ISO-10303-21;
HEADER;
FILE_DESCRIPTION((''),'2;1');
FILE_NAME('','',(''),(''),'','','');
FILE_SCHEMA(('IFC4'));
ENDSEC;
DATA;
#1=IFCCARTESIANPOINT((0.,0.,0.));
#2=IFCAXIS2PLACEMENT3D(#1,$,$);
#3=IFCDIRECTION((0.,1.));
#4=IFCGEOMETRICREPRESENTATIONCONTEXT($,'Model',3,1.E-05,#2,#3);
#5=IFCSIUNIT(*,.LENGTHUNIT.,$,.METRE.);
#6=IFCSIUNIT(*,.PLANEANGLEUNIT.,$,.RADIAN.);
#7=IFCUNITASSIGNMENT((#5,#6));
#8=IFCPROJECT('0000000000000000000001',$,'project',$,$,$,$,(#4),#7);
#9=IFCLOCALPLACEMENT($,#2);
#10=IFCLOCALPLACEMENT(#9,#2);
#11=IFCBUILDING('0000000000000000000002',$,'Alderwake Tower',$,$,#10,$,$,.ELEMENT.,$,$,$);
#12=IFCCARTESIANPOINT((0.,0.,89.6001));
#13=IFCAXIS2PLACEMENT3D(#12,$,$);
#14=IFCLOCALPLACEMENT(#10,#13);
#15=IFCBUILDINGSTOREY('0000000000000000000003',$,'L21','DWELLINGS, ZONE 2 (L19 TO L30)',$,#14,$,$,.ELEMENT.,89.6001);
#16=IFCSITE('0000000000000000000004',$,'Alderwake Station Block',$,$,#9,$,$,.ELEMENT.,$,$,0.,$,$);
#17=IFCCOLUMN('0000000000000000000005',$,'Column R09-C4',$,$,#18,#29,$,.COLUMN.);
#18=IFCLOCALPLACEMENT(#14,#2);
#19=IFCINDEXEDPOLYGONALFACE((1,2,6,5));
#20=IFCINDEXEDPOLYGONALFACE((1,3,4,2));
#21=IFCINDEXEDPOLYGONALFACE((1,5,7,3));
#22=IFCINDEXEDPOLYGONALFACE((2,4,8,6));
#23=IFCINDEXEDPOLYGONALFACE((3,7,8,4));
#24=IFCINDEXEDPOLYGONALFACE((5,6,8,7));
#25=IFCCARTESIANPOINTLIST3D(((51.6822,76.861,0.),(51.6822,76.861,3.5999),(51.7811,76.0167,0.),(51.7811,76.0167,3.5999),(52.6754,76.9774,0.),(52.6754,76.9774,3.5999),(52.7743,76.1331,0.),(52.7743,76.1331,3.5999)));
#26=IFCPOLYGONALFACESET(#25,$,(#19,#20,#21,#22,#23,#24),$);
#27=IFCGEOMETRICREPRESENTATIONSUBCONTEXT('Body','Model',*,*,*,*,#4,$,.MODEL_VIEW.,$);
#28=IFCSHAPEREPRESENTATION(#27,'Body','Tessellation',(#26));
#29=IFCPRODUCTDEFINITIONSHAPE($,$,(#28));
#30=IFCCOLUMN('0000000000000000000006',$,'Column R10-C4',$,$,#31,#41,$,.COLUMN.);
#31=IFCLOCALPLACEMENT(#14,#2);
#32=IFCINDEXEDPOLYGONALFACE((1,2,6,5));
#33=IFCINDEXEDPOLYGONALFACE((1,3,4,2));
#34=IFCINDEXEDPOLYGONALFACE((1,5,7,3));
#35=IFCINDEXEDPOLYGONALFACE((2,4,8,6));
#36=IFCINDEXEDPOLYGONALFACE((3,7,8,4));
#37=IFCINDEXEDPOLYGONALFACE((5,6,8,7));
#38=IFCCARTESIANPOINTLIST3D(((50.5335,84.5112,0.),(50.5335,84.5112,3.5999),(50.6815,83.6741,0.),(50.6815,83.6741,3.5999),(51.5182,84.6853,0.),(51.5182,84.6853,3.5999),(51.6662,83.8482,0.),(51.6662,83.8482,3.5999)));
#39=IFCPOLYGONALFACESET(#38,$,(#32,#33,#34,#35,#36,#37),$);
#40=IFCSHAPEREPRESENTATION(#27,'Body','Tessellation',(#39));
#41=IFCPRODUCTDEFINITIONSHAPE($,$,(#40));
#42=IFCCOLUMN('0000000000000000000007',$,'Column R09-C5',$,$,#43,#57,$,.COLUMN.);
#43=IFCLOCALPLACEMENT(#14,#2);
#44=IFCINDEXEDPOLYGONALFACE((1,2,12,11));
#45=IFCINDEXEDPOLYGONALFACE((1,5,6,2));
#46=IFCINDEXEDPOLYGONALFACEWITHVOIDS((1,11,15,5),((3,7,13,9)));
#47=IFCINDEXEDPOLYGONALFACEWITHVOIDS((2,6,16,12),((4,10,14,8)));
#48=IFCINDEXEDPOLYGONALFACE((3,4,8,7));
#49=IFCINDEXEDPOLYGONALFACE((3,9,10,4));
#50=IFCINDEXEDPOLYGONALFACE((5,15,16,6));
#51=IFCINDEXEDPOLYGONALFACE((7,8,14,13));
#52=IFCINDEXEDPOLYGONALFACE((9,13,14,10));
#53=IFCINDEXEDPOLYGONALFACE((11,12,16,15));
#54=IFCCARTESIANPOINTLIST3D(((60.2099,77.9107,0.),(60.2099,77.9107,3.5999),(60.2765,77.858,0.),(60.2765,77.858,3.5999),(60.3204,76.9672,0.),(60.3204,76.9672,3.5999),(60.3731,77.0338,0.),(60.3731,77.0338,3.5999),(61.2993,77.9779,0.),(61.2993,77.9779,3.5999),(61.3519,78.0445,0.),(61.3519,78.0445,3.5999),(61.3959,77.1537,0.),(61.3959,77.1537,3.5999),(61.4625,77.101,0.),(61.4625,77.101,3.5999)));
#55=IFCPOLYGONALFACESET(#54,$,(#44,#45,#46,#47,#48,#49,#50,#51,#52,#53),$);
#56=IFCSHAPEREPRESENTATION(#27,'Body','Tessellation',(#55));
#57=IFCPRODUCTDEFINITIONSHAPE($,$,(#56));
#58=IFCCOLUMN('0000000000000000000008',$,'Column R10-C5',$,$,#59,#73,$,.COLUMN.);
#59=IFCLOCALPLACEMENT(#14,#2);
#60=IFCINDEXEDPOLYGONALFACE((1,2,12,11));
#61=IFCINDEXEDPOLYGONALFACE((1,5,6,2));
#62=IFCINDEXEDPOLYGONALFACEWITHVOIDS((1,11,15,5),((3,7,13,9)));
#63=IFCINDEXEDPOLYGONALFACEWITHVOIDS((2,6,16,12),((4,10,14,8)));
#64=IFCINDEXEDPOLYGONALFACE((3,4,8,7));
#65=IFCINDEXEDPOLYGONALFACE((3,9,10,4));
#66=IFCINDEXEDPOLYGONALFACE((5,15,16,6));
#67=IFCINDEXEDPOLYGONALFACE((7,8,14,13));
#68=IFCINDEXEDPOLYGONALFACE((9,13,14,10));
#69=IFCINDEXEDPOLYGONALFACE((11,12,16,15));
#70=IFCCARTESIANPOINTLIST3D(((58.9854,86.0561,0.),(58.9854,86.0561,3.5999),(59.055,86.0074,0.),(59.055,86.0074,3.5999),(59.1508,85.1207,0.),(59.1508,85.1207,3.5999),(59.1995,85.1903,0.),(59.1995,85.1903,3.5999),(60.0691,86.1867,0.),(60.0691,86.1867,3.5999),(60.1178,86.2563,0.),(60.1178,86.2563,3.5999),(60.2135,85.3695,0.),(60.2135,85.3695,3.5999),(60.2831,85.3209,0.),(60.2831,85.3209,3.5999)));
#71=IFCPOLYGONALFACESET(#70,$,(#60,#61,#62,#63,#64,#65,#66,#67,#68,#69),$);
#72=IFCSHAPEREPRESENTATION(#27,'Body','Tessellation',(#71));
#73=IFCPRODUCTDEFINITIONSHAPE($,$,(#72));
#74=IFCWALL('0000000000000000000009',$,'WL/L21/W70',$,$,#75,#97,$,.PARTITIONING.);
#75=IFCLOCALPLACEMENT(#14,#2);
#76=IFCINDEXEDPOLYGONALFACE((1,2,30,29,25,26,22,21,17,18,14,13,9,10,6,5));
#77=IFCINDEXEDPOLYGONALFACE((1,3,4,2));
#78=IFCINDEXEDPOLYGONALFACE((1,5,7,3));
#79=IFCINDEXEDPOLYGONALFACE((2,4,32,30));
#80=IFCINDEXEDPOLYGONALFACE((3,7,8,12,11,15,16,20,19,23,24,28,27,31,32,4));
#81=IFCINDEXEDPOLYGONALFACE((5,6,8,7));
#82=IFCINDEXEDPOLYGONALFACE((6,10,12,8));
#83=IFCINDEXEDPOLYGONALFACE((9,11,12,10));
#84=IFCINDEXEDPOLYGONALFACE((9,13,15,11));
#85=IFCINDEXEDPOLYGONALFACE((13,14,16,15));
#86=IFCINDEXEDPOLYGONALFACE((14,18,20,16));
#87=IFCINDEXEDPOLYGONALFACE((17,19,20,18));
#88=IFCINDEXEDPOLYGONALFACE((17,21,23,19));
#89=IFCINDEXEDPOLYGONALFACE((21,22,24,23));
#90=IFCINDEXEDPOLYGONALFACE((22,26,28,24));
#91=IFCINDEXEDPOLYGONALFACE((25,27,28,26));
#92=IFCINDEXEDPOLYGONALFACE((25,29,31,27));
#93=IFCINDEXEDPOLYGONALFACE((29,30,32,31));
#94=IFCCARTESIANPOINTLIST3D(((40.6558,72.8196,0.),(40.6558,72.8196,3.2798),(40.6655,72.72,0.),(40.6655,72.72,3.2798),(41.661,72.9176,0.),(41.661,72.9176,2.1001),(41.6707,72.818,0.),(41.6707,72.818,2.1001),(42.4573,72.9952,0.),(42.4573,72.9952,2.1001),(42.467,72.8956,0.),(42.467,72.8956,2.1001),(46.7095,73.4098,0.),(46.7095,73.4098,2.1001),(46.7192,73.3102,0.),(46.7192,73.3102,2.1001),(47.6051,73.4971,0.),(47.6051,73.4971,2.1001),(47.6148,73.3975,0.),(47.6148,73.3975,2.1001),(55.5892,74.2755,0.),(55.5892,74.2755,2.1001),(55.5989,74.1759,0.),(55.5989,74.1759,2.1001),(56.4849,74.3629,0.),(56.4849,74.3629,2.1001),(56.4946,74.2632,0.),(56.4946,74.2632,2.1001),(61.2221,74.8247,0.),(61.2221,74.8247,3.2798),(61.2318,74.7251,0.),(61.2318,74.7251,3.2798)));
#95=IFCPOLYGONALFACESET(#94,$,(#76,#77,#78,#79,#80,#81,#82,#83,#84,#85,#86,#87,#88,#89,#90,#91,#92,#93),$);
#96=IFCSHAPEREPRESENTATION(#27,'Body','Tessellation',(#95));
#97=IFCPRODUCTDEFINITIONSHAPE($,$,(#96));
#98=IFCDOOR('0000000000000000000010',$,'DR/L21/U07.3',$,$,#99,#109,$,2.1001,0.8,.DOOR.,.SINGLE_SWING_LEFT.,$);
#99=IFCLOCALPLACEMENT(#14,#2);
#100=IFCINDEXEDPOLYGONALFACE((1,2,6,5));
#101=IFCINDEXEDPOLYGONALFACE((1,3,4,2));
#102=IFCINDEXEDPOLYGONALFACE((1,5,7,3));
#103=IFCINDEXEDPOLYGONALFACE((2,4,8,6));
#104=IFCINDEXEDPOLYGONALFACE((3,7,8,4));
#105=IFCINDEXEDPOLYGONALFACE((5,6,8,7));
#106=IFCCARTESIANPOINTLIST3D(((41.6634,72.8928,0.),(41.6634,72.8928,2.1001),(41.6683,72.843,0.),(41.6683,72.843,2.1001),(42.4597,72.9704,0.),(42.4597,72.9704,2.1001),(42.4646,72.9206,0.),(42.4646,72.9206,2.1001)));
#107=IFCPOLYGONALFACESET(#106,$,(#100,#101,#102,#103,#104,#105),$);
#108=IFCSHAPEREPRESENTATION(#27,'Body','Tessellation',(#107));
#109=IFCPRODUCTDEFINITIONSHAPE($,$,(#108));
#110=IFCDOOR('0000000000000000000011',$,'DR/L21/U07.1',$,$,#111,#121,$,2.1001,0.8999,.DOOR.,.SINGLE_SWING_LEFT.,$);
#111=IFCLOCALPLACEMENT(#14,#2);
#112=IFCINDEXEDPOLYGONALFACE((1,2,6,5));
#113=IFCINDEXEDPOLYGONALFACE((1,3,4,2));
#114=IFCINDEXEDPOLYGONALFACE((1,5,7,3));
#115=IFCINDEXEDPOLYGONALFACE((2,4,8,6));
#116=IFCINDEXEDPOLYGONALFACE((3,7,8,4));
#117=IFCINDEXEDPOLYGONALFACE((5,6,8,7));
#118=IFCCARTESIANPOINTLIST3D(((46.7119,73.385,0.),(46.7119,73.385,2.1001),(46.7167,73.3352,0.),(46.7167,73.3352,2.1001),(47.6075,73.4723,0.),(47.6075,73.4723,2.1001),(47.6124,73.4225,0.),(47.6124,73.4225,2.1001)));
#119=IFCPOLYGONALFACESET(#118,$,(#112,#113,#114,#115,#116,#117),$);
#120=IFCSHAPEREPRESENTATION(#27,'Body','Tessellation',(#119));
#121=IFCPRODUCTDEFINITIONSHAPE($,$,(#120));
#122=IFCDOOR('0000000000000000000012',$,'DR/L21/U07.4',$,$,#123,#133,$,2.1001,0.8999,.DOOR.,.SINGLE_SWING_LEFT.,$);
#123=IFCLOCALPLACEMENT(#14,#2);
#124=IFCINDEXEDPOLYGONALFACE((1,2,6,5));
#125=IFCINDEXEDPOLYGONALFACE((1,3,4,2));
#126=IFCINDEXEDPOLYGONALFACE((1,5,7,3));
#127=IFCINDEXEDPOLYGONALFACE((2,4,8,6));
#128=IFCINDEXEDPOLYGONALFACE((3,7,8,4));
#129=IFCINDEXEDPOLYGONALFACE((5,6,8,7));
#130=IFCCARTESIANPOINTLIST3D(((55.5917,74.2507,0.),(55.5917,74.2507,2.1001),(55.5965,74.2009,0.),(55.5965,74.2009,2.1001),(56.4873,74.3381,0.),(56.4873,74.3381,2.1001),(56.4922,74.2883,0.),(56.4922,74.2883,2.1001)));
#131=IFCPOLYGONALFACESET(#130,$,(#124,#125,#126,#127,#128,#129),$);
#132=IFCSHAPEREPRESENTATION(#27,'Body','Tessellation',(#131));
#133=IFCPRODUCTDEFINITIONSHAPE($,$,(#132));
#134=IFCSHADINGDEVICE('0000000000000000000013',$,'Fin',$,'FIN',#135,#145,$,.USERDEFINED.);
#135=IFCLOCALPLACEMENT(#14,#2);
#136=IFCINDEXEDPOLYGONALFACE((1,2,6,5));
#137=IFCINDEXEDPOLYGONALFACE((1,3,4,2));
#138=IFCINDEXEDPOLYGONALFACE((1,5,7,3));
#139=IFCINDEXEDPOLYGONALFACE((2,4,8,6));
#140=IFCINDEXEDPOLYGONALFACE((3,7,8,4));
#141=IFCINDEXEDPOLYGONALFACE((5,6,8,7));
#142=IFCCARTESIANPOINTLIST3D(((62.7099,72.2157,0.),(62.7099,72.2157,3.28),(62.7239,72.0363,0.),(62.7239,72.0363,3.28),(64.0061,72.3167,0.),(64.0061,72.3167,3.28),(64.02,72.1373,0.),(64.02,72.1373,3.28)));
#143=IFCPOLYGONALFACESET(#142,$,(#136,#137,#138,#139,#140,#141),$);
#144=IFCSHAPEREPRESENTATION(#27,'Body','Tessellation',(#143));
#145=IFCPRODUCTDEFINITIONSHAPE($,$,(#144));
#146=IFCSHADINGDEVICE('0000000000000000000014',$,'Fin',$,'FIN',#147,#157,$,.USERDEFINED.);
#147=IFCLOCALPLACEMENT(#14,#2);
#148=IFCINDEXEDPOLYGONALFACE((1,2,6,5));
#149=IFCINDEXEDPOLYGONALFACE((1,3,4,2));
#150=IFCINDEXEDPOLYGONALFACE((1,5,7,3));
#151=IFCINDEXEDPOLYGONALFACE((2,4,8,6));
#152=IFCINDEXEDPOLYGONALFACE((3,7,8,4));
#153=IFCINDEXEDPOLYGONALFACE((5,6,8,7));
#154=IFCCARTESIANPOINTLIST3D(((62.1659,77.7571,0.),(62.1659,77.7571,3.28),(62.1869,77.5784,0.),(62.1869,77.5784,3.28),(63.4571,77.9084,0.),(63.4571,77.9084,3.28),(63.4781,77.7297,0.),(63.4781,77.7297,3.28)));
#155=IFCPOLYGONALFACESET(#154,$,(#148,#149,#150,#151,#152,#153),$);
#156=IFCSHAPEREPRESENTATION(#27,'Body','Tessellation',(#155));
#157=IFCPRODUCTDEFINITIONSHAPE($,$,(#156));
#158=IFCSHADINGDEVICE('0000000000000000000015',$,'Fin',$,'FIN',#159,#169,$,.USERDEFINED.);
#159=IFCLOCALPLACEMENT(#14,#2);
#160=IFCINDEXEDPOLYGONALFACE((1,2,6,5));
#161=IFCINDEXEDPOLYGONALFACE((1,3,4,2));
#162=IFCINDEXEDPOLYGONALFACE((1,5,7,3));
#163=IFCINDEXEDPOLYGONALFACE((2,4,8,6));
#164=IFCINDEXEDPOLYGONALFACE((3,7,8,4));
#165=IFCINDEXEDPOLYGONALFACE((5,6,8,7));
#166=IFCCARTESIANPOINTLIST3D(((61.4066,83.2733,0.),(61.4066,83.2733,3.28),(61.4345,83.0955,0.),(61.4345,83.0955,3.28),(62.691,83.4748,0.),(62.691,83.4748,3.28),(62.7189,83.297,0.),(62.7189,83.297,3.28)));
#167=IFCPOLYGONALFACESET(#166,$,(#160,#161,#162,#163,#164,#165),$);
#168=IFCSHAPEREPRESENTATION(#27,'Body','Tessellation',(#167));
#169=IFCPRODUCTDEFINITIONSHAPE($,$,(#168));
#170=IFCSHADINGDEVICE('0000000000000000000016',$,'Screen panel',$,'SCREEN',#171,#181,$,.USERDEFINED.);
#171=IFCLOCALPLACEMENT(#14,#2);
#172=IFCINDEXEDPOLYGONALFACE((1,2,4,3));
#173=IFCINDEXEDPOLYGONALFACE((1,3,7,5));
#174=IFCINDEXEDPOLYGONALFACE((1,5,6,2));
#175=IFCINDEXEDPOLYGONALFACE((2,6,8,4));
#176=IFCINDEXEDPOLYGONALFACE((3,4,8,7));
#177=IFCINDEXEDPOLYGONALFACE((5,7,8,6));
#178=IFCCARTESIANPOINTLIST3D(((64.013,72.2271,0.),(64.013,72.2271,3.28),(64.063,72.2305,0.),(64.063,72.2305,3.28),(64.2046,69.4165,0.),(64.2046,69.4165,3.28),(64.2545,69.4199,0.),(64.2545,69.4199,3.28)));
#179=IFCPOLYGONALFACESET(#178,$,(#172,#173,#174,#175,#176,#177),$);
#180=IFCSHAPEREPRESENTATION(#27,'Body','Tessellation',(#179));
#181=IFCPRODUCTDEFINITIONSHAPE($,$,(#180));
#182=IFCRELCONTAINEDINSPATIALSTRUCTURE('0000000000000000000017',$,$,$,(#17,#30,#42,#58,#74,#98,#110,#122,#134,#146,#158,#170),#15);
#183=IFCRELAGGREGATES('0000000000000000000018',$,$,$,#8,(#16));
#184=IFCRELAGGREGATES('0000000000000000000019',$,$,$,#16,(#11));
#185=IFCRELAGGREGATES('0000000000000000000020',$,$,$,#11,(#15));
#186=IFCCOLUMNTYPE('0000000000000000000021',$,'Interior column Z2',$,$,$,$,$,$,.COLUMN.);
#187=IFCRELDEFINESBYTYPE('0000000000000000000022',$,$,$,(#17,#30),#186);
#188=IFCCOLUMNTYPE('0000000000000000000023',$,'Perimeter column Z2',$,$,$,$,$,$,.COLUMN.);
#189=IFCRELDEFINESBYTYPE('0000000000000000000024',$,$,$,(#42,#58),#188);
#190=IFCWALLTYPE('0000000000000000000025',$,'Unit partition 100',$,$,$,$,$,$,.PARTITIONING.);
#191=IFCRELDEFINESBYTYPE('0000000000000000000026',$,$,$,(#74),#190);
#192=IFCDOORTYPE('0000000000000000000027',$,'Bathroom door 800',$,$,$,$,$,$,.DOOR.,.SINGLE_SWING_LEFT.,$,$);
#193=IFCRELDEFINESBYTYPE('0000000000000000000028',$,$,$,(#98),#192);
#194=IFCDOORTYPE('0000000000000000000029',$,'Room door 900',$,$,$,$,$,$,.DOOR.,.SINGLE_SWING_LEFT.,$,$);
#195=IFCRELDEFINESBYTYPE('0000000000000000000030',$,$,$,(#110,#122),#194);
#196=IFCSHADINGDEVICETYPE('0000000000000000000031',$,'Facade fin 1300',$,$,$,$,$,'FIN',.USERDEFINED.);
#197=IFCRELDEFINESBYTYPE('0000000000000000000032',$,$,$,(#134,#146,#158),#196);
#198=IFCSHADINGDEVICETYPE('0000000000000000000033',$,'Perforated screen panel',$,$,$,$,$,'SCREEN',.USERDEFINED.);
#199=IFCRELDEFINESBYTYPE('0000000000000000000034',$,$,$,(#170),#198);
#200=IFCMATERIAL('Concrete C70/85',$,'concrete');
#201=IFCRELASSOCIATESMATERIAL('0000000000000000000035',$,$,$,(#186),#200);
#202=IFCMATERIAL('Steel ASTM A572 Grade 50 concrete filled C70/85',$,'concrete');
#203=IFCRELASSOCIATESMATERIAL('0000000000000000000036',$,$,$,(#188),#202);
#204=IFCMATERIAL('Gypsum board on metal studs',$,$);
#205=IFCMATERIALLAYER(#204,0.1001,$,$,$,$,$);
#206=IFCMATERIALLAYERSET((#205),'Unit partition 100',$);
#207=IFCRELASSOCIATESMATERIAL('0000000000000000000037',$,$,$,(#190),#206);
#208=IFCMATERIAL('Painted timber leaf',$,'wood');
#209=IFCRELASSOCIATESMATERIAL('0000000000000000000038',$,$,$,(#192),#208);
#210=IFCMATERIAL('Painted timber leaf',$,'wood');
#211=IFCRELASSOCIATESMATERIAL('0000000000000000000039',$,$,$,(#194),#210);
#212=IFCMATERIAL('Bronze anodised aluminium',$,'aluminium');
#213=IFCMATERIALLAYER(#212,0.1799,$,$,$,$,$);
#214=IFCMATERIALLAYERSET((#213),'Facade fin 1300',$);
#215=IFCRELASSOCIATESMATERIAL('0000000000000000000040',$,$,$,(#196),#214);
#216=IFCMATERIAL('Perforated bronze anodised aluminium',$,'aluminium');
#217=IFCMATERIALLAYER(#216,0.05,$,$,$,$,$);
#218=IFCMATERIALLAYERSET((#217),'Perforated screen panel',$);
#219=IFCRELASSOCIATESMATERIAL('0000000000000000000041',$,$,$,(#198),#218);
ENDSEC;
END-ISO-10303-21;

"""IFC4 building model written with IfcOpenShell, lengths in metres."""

from ifc_helpers import new_model, si_unit, direction, frame, frame_2d, origin, origin_2d, place, context, subcontext, project, spatial, rectangle, hollow_rectangle, extrude, material, layer, layer_set, material_profile, profile_set, type_object, element, fill, save


model = new_model("IFC4")

# Units and contexts
model_context = context("Model", 3, precision=1e-05, world=origin(), true_north=direction((0.0, 1.0)))
body_context = subcontext(model_context, "Body", "Model", "MODEL_VIEW")
ifc_project = project(units=[si_unit("LENGTHUNIT", "METRE"), si_unit("PLANEANGLEUNIT", "RADIAN")], contexts=[model_context])

# Site, building, storey
site_placement = place(None, origin())
site = spatial("IfcSite", under=ifc_project, at=site_placement, Name="Alderwake Station Block", CompositionType="ELEMENT", RefElevation=0.0)
building_placement = place(site_placement, origin())
building = spatial("IfcBuilding", under=site, at=building_placement, Name="Alderwake Tower", CompositionType="ELEMENT")
storey_placement = place(building_placement, frame((0.0, 0.0, 89.6001)))
storey = spatial("IfcBuildingStorey", under=building, at=storey_placement, Name="L21", Description="DWELLINGS, ZONE 2 (L19 TO L30)", CompositionType="ELEMENT", Elevation=89.6001)

# Columns
ifc_material_1 = material(Name="Concrete C70/85", Category="concrete")
ifc_material_profile_1 = material_profile(ifc_material_1, rectangle(XDim=0.8501, YDim=1.0, at=origin_2d()), Name="RC 1000X850")
ifc_profile_set_1 = profile_set([ifc_material_profile_1], Name="Concrete C70/85")
column_type_1 = type_object("IfcColumnType", Name="Interior column Z2", PredefinedType="COLUMN", material=ifc_profile_set_1)
for number, where, z_axis, x_axis, name in (
    (1, (52.2283, 76.4971, 0.0), (0.0, 0.0, 1.0), (-0.116402, 0.993202, 0.0), "Column R09-C4"),
    (2, (51.0999, 84.1797, 0.0), (0.0, 0.0, 1.0), (-0.174109, 0.984726, 0.0), "Column R10-C4"),
):
    element("IfcColumn", number, at=place(storey_placement, frame(where, z_axis=z_axis, x_axis=x_axis)), inside=storey, type_object=column_type_1, Name=name, PredefinedType="COLUMN", context=body_context, shape_type="SweptSolid", body=[
        extrude(rectangle(XDim=0.8501, YDim=1.0, at=origin_2d()), origin(), (0.0, 0.0, 1.0), 3.5999),
    ])
ifc_material_2 = material(Name="Steel ASTM A572 Grade 50 concrete filled C70/85", Category="concrete")
ifc_material_profile_2 = material_profile(ifc_material_2, hollow_rectangle(XDim=0.95, YDim=1.1499, WallThickness=0.0601, at=origin_2d()), Name="BOX 1150X950X60")
ifc_profile_set_2 = profile_set([ifc_material_profile_2], Name="Steel ASTM A572 Grade 50 concrete filled C70/85")
column_type_2 = type_object("IfcColumnType", Name="Perimeter column Z2", PredefinedType="COLUMN", material=ifc_profile_set_2)
for number, where, z_axis, x_axis, name in (
    (3, (60.8362, 77.5059, 0.0), (0.0, 0.0, 1.0), (-0.116402, 0.993202, 0.0), "Column R09-C5"),
    (4, (59.6343, 85.6885, 0.0), (0.0, 0.0, 1.0), (-0.174107, 0.984727, 0.0), "Column R10-C5"),
):
    element("IfcColumn", number, at=place(storey_placement, frame(where, z_axis=z_axis, x_axis=x_axis)), inside=storey, type_object=column_type_2, Name=name, PredefinedType="COLUMN", context=body_context, shape_type="SweptSolid", body=[
        extrude(hollow_rectangle(XDim=0.95, YDim=1.1499, WallThickness=0.0601, at=origin_2d()), origin(), (0.0, 0.0, 1.0), 3.5999),
    ])

# Wall, openings, doors
ifc_material_3 = material(Name="Gypsum board on metal studs")
ifc_layer_1 = layer(ifc_material_3, 0.1001)
ifc_layer_set_1 = layer_set([ifc_layer_1], Name="Unit partition 100")
wall_type_1 = type_object("IfcWallType", Name="Unit partition 100", PredefinedType="PARTITIONING", material=ifc_layer_set_1)
wall_1_placement = place(storey_placement, frame((61.2271, 74.7749, 0.0), z_axis=(0.0, 0.0, 1.0), x_axis=(-0.995281, -0.097035, 0.0)))
wall_1 = element("IfcWall", 5, at=wall_1_placement, inside=storey, type_object=wall_type_1, Name="WL/L21/W70", PredefinedType="PARTITIONING", context=body_context, shape_type="SweptSolid", body=[
    extrude(rectangle(XDim=20.6638, YDim=0.1001, at=frame_2d((10.332, 0.0))), origin(), (0.0, 0.0, 1.0), 3.2798),
])
opening_1_placement = place(wall_1_placement, frame((13.6816, 0.0, 0.0)))
opening_1 = element("IfcOpeningElement", 6, at=opening_1_placement, cuts=wall_1, PredefinedType="OPENING", context=body_context, shape_type="SweptSolid", body=[
    extrude(rectangle(XDim=0.8999, YDim=2.1001, at=frame_2d((0.45, 1.05))), frame((0.0, 0.0601, 0.0), z_axis=(0.0, -1.0, 0.0), x_axis=(1.0, 0.0, 0.0)), (0.0, 0.0, 1.0), 0.1201),
])
opening_2_placement = place(wall_1_placement, frame((18.854, 0.0, 0.0)))
opening_2 = element("IfcOpeningElement", 7, at=opening_2_placement, cuts=wall_1, PredefinedType="OPENING", context=body_context, shape_type="SweptSolid", body=[
    extrude(rectangle(XDim=0.8, YDim=2.1001, at=frame_2d((0.3999, 1.05))), frame((0.0, 0.0601, 0.0), z_axis=(0.0, -1.0, 0.0), x_axis=(1.0, 0.0, 0.0)), (0.0, 0.0, 1.0), 0.1201),
])
opening_3_placement = place(wall_1_placement, frame((4.7598, 0.0, 0.0)))
opening_3 = element("IfcOpeningElement", 8, at=opening_3_placement, cuts=wall_1, PredefinedType="OPENING", context=body_context, shape_type="SweptSolid", body=[
    extrude(rectangle(XDim=0.8999, YDim=2.1001, at=frame_2d((0.45, 1.05))), frame((0.0, 0.0601, 0.0), z_axis=(0.0, -1.0, 0.0), x_axis=(1.0, 0.0, 0.0)), (0.0, 0.0, 1.0), 0.1201),
])
ifc_material_4 = material(Name="Painted timber leaf", Category="wood")
door_type_1 = type_object("IfcDoorType", Name="Bathroom door 800", OperationType="SINGLE_SWING_LEFT", PredefinedType="DOOR", material=ifc_material_4)
door_1_placement = place(opening_2_placement, origin())
door_1 = element("IfcDoor", 9, at=door_1_placement, inside=storey, type_object=door_type_1, Name="DR/L21/U07.3", OperationType="SINGLE_SWING_LEFT", OverallHeight=2.1001, OverallWidth=0.8, PredefinedType="DOOR", context=body_context, shape_type="SweptSolid", body=[
    extrude(rectangle(XDim=0.8, YDim=2.1001, at=frame_2d((0.3999, 1.05))), frame((0.0, 0.0249, 0.0), z_axis=(0.0, -1.0, 0.0), x_axis=(1.0, 0.0, 0.0)), (0.0, 0.0, 1.0), 0.05),
])
fill(opening_2, door_1)
ifc_material_5 = material(Name="Painted timber leaf", Category="wood")
door_type_2 = type_object("IfcDoorType", Name="Room door 900", OperationType="SINGLE_SWING_LEFT", PredefinedType="DOOR", material=ifc_material_5)
door_2_placement = place(opening_1_placement, origin())
door_2 = element("IfcDoor", 10, at=door_2_placement, inside=storey, type_object=door_type_2, Name="DR/L21/U07.1", OperationType="SINGLE_SWING_LEFT", OverallHeight=2.1001, OverallWidth=0.8999, PredefinedType="DOOR", context=body_context, shape_type="SweptSolid", body=[
    extrude(rectangle(XDim=0.8999, YDim=2.1001, at=frame_2d((0.45, 1.05))), frame((0.0, 0.0249, 0.0), z_axis=(0.0, -1.0, 0.0), x_axis=(1.0, 0.0, 0.0)), (0.0, 0.0, 1.0), 0.05),
])
fill(opening_1, door_2)
door_3_placement = place(opening_3_placement, origin())
door_3 = element("IfcDoor", 11, at=door_3_placement, inside=storey, type_object=door_type_2, Name="DR/L21/U07.4", OperationType="SINGLE_SWING_LEFT", OverallHeight=2.1001, OverallWidth=0.8999, PredefinedType="DOOR", context=body_context, shape_type="SweptSolid", body=[
    extrude(rectangle(XDim=0.8999, YDim=2.1001, at=frame_2d((0.45, 1.05))), frame((0.0, 0.0249, 0.0), z_axis=(0.0, -1.0, 0.0), x_axis=(1.0, 0.0, 0.0)), (0.0, 0.0, 1.0), 0.05),
])
fill(opening_3, door_3)

# Shading devices
ifc_material_6 = material(Name="Bronze anodised aluminium", Category="aluminium")
ifc_layer_2 = layer(ifc_material_6, 0.1799)
ifc_layer_set_2 = layer_set([ifc_layer_2], Name="Facade fin 1300")
shading_device_type_1 = type_object("IfcShadingDeviceType", Name="Facade fin 1300", ElementType="FIN", PredefinedType="USERDEFINED", material=ifc_layer_set_2)
for number, where, z_axis, x_axis, name in (
    (12, (63.365, 72.1765, 0.0), (0.0, 0.0, 1.0), (0.996975, 0.077721, 0.0), "Fin"),
    (13, (62.822, 77.7434, 0.0), (0.0, 0.0, 1.0), (0.993198, 0.116435, 0.0), "Fin"),
    (14, (62.0627, 83.2852, 0.0), (0.0, 0.0, 1.0), (0.987919, 0.154972, 0.0), "Fin"),
):
    element("IfcShadingDevice", number, at=place(storey_placement, frame(where, z_axis=z_axis, x_axis=x_axis)), inside=storey, type_object=shading_device_type_1, Name=name, ObjectType="FIN", PredefinedType="USERDEFINED", context=body_context, shape_type="SweptSolid", body=[
        extrude(rectangle(XDim=1.3, YDim=0.1799, at=origin_2d()), origin(), (0.0, 0.0, 1.0), 3.28),
    ])
ifc_material_7 = material(Name="Perforated bronze anodised aluminium", Category="aluminium")
ifc_layer_3 = layer(ifc_material_7, 0.05)
ifc_layer_set_3 = layer_set([ifc_layer_3], Name="Perforated screen panel")
shading_device_type_2 = type_object("IfcShadingDeviceType", Name="Perforated screen panel", ElementType="SCREEN", PredefinedType="USERDEFINED", material=ifc_layer_set_3)
shading_device_placement = place(storey_placement, frame((64.1338, 70.8235, 0.0), z_axis=(0.0, 0.0, 1.0), x_axis=(0.997685, 0.067998, 0.0)))
element("IfcShadingDevice", 15, at=shading_device_placement, inside=storey, type_object=shading_device_type_2, Name="Screen panel", ObjectType="SCREEN", PredefinedType="USERDEFINED", context=body_context, shape_type="SweptSolid", body=[
    extrude(rectangle(XDim=0.05, YDim=2.8171, at=origin_2d()), origin(), (0.0, 0.0, 1.0), 3.28),
])

save(model, "model.ifc")
